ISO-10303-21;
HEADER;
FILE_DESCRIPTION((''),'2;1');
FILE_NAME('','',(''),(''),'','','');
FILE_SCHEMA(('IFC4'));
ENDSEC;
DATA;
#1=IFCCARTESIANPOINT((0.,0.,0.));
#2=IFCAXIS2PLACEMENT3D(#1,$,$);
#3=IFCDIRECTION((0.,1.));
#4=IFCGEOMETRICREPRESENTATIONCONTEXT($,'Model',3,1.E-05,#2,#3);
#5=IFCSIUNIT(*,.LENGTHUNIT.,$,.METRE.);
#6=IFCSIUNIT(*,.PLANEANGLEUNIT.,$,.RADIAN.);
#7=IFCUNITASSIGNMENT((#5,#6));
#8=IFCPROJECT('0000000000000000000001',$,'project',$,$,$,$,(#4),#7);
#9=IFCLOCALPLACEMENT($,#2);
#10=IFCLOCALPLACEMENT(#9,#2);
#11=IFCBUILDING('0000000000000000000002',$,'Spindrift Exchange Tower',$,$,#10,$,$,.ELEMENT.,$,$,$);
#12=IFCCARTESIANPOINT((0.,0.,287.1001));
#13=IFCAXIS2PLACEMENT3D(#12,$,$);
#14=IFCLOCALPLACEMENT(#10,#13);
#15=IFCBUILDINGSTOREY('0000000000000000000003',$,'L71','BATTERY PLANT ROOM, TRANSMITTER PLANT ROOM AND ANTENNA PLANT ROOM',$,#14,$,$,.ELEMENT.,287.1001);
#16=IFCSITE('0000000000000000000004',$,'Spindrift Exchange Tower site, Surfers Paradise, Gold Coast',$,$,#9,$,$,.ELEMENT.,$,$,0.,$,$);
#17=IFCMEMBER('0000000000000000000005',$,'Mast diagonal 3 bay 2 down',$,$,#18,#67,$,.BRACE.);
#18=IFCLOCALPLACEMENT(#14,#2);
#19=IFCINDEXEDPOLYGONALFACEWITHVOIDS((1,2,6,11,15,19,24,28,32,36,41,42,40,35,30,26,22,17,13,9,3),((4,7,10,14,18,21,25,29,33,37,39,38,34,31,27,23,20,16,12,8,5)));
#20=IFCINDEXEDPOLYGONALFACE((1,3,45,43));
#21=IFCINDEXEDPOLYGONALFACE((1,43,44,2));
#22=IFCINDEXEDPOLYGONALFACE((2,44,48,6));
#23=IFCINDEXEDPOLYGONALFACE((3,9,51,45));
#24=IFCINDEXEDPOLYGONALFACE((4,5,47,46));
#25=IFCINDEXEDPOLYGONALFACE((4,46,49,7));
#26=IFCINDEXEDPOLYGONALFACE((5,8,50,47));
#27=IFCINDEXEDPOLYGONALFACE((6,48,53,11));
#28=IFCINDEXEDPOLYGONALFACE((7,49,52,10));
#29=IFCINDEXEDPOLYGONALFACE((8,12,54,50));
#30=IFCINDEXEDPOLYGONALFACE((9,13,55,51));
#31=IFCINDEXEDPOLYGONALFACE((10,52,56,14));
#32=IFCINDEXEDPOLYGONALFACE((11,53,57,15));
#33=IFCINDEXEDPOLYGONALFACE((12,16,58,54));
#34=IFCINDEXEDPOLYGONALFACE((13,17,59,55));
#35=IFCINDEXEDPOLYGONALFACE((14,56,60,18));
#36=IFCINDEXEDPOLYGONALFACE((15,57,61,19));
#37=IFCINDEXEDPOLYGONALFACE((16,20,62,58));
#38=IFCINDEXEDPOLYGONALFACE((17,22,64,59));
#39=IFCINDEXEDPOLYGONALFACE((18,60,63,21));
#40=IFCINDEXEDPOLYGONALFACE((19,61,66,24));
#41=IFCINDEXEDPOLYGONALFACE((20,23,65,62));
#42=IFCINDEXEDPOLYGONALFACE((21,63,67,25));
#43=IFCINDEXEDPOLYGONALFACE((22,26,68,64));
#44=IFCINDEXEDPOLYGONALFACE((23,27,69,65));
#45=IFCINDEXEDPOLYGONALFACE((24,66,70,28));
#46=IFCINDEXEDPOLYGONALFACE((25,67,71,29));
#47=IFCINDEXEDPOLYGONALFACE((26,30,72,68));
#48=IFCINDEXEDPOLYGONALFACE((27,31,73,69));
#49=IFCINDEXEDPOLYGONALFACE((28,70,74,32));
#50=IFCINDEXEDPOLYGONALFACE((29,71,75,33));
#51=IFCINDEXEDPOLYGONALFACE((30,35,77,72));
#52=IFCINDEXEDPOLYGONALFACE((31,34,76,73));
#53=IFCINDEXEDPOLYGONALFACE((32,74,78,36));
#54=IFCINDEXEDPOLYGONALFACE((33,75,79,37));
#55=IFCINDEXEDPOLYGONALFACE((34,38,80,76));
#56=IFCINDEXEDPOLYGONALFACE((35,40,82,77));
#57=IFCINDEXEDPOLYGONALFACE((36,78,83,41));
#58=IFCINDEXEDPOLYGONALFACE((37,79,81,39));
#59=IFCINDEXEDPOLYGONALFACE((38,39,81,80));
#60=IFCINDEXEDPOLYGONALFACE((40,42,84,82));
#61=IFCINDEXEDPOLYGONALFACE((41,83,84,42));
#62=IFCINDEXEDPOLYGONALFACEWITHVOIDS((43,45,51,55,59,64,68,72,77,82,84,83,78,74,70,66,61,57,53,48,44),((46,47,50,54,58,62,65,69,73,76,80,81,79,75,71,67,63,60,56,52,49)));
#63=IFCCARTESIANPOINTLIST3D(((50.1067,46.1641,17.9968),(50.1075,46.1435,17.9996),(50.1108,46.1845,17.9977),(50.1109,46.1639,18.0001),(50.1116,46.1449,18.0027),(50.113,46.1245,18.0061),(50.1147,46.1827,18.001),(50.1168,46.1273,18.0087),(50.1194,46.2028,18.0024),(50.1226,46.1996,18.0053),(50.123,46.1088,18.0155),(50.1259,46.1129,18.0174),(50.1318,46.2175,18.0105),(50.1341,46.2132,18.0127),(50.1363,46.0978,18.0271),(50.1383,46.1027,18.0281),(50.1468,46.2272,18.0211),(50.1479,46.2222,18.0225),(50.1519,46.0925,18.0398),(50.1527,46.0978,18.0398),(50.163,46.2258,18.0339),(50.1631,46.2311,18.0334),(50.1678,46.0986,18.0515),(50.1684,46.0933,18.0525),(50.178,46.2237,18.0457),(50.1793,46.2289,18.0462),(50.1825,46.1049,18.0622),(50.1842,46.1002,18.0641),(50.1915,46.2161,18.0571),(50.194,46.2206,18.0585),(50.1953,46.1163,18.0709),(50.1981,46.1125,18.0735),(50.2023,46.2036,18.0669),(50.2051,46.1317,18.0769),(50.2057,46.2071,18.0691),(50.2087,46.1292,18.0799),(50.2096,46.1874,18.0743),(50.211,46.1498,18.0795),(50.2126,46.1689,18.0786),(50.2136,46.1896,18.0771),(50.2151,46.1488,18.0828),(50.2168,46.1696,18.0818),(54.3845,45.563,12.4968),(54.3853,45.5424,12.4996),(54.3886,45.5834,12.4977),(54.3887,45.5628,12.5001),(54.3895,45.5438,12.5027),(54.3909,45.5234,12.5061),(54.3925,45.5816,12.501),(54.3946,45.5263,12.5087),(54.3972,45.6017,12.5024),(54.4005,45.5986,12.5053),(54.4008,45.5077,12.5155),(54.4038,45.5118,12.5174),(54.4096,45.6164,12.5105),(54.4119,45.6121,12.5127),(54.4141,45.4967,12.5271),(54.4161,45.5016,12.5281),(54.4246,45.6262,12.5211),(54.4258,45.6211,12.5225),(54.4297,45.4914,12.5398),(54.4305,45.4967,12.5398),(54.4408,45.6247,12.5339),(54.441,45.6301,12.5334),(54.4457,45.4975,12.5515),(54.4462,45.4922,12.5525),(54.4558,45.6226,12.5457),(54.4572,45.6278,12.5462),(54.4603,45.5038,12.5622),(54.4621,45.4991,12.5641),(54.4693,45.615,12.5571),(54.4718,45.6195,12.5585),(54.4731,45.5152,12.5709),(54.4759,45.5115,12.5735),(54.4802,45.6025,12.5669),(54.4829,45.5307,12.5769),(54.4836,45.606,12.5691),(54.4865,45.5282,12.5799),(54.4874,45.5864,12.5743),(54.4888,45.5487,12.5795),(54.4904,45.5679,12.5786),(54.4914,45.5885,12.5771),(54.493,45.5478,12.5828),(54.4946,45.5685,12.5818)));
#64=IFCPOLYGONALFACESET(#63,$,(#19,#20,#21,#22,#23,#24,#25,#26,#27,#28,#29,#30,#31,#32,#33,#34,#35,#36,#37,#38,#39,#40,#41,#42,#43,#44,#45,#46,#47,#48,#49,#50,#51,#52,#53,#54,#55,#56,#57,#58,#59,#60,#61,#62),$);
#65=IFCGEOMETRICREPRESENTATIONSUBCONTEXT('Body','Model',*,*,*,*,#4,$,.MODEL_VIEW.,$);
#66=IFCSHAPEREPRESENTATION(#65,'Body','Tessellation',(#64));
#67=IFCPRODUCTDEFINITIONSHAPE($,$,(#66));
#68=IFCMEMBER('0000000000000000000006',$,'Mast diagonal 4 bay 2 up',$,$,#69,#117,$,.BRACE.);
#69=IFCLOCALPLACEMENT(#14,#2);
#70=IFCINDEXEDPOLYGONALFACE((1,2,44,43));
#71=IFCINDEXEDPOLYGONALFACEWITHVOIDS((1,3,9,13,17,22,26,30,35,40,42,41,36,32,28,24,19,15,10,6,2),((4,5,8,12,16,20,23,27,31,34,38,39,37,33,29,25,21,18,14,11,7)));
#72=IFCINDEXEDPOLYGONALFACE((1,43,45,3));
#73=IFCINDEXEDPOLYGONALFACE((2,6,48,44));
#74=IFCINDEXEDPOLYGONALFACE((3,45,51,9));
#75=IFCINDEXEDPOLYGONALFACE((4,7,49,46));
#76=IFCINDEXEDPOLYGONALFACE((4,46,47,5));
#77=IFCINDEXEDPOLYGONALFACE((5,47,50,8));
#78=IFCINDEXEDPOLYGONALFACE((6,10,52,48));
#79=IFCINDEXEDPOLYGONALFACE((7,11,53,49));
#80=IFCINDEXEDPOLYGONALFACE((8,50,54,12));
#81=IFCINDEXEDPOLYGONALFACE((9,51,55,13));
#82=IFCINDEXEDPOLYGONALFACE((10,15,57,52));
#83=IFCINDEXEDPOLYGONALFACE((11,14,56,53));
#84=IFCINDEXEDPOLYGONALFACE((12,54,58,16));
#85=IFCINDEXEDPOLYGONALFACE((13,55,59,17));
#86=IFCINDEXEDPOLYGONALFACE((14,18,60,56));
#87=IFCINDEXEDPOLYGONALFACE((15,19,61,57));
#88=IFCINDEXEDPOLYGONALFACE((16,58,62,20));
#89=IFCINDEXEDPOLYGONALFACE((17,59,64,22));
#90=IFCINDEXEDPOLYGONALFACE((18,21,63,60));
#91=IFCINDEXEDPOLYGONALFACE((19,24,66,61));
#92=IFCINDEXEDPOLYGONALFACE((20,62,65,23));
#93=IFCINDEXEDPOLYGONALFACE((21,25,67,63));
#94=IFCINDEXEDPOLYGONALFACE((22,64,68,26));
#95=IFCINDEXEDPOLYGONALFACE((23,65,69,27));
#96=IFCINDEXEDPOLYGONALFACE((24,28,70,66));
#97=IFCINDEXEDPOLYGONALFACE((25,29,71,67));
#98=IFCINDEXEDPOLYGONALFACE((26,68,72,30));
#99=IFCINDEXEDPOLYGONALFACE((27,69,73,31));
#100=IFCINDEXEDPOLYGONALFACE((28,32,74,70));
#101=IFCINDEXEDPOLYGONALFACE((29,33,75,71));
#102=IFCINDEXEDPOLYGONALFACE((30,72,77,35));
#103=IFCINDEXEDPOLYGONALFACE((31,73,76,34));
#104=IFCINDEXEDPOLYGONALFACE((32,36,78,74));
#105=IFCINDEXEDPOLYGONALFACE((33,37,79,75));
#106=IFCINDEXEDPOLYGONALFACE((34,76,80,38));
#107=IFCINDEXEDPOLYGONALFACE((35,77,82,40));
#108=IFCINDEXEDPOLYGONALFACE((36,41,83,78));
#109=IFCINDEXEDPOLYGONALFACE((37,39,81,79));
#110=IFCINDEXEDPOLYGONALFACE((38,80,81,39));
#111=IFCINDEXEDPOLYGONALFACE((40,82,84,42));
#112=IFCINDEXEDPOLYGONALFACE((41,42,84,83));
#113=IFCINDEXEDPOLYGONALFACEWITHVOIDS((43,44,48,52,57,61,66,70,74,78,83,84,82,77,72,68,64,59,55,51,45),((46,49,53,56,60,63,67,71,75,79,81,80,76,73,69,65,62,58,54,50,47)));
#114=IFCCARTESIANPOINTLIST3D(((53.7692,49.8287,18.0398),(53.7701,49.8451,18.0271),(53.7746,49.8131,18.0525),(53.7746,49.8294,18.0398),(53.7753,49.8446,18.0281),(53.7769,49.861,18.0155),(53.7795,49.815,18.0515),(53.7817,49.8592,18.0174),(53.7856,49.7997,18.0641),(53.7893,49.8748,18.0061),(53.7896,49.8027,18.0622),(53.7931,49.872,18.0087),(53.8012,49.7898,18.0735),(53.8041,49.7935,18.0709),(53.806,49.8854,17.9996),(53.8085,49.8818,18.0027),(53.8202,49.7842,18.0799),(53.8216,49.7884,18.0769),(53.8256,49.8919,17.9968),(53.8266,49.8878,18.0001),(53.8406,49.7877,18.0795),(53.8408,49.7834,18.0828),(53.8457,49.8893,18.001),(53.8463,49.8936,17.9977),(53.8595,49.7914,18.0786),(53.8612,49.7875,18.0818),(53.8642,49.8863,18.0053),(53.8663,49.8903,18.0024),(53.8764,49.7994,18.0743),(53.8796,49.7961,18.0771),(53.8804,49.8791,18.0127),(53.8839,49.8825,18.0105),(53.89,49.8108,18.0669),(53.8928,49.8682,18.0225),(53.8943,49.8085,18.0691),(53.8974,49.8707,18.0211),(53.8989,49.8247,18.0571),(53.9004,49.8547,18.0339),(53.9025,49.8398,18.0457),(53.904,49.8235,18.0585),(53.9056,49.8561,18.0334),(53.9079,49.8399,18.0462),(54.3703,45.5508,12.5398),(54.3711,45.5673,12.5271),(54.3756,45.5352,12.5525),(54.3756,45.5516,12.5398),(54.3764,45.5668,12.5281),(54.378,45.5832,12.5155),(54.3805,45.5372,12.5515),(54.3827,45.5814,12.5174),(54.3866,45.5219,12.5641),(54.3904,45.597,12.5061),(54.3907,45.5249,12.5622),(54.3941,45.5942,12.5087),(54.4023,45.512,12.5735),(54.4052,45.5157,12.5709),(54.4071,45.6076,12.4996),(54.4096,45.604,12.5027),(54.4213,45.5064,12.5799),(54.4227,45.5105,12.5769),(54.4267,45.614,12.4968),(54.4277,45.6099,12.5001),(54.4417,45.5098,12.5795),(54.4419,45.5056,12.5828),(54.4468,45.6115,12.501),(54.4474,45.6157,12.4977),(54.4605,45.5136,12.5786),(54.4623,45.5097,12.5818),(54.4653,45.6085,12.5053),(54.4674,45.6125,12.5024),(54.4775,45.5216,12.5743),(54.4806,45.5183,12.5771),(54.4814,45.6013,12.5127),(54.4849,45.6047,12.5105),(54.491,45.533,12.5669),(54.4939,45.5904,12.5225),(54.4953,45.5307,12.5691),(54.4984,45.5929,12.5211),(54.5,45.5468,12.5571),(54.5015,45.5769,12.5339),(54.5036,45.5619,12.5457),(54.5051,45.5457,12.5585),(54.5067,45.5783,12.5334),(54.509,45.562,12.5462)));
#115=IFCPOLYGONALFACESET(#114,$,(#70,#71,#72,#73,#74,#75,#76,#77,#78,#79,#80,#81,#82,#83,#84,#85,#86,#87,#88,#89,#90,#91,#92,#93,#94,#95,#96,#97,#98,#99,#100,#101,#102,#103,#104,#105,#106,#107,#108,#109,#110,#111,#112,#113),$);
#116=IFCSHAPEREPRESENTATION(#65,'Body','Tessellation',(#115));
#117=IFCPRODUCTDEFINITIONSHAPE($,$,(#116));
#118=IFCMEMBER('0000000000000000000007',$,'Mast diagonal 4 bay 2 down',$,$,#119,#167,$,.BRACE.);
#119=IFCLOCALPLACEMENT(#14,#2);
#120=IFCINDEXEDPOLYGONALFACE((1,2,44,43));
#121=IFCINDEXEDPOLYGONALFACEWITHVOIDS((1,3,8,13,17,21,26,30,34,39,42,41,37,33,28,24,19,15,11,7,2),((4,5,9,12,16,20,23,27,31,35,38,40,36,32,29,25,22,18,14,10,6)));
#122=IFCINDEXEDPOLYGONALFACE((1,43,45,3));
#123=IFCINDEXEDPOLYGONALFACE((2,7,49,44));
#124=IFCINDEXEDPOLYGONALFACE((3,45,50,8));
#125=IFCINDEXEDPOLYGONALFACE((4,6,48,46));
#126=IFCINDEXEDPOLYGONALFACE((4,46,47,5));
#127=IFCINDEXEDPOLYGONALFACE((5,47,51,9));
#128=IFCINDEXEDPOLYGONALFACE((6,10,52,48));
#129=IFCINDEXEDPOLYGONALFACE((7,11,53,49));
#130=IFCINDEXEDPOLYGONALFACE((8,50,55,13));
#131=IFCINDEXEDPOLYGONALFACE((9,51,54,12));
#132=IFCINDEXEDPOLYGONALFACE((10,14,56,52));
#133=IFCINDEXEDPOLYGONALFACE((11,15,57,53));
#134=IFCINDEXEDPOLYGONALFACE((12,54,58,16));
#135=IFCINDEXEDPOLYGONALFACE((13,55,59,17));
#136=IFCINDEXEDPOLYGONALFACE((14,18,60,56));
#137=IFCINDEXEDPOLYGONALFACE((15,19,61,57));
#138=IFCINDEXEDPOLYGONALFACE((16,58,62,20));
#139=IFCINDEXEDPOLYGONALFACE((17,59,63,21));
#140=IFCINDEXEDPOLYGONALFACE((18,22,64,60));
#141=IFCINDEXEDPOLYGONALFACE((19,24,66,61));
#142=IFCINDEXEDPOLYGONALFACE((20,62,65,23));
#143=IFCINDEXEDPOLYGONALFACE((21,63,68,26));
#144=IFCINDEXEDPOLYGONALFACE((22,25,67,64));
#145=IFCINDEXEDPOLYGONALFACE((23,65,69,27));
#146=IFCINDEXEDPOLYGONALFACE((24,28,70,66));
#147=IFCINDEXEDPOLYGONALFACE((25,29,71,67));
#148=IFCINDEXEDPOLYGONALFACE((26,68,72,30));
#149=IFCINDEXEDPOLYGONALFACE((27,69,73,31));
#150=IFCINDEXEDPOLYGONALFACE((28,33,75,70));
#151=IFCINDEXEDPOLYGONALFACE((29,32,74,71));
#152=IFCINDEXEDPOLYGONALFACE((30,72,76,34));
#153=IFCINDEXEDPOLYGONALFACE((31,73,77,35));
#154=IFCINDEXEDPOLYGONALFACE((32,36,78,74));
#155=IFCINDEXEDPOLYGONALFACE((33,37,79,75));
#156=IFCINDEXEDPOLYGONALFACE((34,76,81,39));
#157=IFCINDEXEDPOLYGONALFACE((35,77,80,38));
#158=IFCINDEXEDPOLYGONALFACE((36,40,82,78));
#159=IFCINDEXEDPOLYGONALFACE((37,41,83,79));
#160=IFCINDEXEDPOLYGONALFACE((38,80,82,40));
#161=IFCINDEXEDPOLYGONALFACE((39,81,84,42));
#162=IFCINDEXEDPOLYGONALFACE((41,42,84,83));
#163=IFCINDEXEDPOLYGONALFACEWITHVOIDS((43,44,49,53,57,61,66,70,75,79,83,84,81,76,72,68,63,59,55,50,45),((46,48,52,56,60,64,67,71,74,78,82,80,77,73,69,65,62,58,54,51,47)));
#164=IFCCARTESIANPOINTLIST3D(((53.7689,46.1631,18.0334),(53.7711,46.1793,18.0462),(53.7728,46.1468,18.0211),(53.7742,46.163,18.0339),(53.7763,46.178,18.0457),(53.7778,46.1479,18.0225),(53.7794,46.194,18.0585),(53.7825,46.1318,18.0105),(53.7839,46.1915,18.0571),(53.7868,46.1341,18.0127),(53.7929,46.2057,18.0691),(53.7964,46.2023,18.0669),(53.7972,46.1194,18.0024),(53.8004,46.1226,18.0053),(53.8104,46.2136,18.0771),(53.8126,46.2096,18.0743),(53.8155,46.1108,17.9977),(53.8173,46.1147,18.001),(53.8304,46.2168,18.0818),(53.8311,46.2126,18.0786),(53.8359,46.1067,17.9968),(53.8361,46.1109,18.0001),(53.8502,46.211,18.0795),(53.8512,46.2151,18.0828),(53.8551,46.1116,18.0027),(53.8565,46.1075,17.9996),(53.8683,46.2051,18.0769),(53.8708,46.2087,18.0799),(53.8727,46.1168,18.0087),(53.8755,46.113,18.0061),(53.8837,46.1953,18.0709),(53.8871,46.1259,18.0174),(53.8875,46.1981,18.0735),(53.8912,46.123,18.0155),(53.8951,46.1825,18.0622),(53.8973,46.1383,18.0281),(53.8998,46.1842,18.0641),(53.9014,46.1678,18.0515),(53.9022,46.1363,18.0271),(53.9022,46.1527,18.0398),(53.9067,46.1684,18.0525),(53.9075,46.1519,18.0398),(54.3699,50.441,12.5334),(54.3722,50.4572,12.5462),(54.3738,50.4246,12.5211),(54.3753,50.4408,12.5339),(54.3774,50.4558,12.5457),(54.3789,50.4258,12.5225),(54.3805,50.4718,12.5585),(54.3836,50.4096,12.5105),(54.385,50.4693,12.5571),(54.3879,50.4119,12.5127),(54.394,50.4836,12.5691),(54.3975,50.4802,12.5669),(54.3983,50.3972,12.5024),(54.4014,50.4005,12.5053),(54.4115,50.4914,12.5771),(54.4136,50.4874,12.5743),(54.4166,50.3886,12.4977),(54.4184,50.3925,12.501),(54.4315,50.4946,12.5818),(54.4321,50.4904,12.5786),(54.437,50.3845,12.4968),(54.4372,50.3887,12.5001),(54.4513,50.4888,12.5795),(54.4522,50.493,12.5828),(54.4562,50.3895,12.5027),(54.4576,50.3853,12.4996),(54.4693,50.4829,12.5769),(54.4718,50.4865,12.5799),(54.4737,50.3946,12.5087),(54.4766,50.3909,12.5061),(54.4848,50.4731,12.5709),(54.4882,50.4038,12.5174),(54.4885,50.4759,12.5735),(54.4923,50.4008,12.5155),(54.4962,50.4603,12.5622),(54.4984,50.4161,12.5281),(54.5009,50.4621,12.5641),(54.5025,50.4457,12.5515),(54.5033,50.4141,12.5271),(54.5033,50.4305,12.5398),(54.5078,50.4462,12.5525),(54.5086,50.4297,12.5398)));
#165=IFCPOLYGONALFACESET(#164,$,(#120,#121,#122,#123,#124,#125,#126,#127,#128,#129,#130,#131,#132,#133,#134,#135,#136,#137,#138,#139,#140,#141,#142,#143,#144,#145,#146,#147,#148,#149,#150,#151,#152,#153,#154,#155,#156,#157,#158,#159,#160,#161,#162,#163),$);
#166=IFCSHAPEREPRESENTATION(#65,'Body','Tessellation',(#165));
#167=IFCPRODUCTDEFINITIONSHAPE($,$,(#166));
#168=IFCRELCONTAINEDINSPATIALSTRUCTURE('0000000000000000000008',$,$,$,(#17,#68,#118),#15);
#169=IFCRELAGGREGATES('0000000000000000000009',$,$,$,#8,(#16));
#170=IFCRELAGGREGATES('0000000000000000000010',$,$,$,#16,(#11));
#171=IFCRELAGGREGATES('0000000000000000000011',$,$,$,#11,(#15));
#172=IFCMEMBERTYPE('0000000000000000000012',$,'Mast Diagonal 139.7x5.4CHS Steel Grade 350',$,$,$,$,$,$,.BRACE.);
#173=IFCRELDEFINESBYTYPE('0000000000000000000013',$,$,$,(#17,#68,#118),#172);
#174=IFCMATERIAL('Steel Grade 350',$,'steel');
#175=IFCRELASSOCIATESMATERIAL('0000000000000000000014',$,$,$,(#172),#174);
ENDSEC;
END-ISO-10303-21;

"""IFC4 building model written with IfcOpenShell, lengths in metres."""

from ifc_helpers import new_model, si_unit, direction, frame, origin, origin_2d, place, context, subcontext, project, spatial, hollow_circle, extrude, source, transform, mapped, material, material_profile, profile_set, type_object, element, save


model = new_model("IFC4")

# Units and contexts
model_context = context("Model", 3, precision=1e-05, world=origin(), true_north=direction((0.0, 1.0)))
body_context = subcontext(model_context, "Body", "Model", "MODEL_VIEW")
ifc_project = project(units=[si_unit("LENGTHUNIT", "METRE"), si_unit("PLANEANGLEUNIT", "RADIAN")], contexts=[model_context])

# Site, building, storey
site_placement = place(None, origin())
site = spatial("IfcSite", under=ifc_project, at=site_placement, Name="Spindrift Exchange Tower site, Surfers Paradise, Gold Coast", CompositionType="ELEMENT", RefElevation=0.0)
building_placement = place(site_placement, origin())
building = spatial("IfcBuilding", under=site, at=building_placement, Name="Spindrift Exchange Tower", CompositionType="ELEMENT")
storey_placement = place(building_placement, frame((0.0, 0.0, 287.1001)))
storey = spatial("IfcBuildingStorey", under=building, at=storey_placement, Name="L71", Description="BATTERY PLANT ROOM, TRANSMITTER PLANT ROOM AND ANTENNA PLANT ROOM", CompositionType="ELEMENT", Elevation=287.1001)

# Members
ifc_material = material(Name="Steel Grade 350", Category="steel")
ifc_material_profile_1 = material_profile(ifc_material, hollow_circle(Radius=0.0698, WallThickness=0.0054, at=origin_2d()), Name="139.7x5.4CHS")
ifc_profile_set_1 = profile_set([ifc_material_profile_1], Name="Steel Grade 350")
member_type_1 = type_object("IfcMemberType", Name="Mast Diagonal 139.7x5.4CHS Steel Grade 350", PredefinedType="BRACE", material=ifc_profile_set_1)
shared_shape_1 = source(origin(), body_context, "Body", "SweptSolid", [
    extrude(hollow_circle(Radius=0.0698, WallThickness=0.0054, at=origin_2d()), origin(), (0.0, 0.0, 1.0), 6.9937),
])
for number, where, z_axis, x_axis, name in (
    (1, (54.4395, 45.5605, 12.5398), (-0.611674, 0.085946, 0.786428), (-0.139142, -0.990272, 0.0), "Mast diagonal 3 bay 2 down"),
    (2, (54.4395, 45.5605, 12.5398), (-0.085946, 0.611674, 0.786428), (-0.990272, -0.139142, 0.0), "Mast diagonal 4 bay 2 up"),
    (3, (54.4395, 50.4395, 12.5398), (-0.085946, -0.611674, 0.786428), (0.990272, -0.139142, 0.0), "Mast diagonal 4 bay 2 down"),
):
    element("IfcMember", number, at=place(storey_placement, frame(where, z_axis=z_axis, x_axis=x_axis)), inside=storey, type_object=member_type_1, Name=name, PredefinedType="BRACE", context=body_context, shape_type="MappedRepresentation", body=[
        mapped(shared_shape_1, transform((0.0, 0.0, 0.0), scale=1.0)),
    ])

save(model, "model.ifc")
